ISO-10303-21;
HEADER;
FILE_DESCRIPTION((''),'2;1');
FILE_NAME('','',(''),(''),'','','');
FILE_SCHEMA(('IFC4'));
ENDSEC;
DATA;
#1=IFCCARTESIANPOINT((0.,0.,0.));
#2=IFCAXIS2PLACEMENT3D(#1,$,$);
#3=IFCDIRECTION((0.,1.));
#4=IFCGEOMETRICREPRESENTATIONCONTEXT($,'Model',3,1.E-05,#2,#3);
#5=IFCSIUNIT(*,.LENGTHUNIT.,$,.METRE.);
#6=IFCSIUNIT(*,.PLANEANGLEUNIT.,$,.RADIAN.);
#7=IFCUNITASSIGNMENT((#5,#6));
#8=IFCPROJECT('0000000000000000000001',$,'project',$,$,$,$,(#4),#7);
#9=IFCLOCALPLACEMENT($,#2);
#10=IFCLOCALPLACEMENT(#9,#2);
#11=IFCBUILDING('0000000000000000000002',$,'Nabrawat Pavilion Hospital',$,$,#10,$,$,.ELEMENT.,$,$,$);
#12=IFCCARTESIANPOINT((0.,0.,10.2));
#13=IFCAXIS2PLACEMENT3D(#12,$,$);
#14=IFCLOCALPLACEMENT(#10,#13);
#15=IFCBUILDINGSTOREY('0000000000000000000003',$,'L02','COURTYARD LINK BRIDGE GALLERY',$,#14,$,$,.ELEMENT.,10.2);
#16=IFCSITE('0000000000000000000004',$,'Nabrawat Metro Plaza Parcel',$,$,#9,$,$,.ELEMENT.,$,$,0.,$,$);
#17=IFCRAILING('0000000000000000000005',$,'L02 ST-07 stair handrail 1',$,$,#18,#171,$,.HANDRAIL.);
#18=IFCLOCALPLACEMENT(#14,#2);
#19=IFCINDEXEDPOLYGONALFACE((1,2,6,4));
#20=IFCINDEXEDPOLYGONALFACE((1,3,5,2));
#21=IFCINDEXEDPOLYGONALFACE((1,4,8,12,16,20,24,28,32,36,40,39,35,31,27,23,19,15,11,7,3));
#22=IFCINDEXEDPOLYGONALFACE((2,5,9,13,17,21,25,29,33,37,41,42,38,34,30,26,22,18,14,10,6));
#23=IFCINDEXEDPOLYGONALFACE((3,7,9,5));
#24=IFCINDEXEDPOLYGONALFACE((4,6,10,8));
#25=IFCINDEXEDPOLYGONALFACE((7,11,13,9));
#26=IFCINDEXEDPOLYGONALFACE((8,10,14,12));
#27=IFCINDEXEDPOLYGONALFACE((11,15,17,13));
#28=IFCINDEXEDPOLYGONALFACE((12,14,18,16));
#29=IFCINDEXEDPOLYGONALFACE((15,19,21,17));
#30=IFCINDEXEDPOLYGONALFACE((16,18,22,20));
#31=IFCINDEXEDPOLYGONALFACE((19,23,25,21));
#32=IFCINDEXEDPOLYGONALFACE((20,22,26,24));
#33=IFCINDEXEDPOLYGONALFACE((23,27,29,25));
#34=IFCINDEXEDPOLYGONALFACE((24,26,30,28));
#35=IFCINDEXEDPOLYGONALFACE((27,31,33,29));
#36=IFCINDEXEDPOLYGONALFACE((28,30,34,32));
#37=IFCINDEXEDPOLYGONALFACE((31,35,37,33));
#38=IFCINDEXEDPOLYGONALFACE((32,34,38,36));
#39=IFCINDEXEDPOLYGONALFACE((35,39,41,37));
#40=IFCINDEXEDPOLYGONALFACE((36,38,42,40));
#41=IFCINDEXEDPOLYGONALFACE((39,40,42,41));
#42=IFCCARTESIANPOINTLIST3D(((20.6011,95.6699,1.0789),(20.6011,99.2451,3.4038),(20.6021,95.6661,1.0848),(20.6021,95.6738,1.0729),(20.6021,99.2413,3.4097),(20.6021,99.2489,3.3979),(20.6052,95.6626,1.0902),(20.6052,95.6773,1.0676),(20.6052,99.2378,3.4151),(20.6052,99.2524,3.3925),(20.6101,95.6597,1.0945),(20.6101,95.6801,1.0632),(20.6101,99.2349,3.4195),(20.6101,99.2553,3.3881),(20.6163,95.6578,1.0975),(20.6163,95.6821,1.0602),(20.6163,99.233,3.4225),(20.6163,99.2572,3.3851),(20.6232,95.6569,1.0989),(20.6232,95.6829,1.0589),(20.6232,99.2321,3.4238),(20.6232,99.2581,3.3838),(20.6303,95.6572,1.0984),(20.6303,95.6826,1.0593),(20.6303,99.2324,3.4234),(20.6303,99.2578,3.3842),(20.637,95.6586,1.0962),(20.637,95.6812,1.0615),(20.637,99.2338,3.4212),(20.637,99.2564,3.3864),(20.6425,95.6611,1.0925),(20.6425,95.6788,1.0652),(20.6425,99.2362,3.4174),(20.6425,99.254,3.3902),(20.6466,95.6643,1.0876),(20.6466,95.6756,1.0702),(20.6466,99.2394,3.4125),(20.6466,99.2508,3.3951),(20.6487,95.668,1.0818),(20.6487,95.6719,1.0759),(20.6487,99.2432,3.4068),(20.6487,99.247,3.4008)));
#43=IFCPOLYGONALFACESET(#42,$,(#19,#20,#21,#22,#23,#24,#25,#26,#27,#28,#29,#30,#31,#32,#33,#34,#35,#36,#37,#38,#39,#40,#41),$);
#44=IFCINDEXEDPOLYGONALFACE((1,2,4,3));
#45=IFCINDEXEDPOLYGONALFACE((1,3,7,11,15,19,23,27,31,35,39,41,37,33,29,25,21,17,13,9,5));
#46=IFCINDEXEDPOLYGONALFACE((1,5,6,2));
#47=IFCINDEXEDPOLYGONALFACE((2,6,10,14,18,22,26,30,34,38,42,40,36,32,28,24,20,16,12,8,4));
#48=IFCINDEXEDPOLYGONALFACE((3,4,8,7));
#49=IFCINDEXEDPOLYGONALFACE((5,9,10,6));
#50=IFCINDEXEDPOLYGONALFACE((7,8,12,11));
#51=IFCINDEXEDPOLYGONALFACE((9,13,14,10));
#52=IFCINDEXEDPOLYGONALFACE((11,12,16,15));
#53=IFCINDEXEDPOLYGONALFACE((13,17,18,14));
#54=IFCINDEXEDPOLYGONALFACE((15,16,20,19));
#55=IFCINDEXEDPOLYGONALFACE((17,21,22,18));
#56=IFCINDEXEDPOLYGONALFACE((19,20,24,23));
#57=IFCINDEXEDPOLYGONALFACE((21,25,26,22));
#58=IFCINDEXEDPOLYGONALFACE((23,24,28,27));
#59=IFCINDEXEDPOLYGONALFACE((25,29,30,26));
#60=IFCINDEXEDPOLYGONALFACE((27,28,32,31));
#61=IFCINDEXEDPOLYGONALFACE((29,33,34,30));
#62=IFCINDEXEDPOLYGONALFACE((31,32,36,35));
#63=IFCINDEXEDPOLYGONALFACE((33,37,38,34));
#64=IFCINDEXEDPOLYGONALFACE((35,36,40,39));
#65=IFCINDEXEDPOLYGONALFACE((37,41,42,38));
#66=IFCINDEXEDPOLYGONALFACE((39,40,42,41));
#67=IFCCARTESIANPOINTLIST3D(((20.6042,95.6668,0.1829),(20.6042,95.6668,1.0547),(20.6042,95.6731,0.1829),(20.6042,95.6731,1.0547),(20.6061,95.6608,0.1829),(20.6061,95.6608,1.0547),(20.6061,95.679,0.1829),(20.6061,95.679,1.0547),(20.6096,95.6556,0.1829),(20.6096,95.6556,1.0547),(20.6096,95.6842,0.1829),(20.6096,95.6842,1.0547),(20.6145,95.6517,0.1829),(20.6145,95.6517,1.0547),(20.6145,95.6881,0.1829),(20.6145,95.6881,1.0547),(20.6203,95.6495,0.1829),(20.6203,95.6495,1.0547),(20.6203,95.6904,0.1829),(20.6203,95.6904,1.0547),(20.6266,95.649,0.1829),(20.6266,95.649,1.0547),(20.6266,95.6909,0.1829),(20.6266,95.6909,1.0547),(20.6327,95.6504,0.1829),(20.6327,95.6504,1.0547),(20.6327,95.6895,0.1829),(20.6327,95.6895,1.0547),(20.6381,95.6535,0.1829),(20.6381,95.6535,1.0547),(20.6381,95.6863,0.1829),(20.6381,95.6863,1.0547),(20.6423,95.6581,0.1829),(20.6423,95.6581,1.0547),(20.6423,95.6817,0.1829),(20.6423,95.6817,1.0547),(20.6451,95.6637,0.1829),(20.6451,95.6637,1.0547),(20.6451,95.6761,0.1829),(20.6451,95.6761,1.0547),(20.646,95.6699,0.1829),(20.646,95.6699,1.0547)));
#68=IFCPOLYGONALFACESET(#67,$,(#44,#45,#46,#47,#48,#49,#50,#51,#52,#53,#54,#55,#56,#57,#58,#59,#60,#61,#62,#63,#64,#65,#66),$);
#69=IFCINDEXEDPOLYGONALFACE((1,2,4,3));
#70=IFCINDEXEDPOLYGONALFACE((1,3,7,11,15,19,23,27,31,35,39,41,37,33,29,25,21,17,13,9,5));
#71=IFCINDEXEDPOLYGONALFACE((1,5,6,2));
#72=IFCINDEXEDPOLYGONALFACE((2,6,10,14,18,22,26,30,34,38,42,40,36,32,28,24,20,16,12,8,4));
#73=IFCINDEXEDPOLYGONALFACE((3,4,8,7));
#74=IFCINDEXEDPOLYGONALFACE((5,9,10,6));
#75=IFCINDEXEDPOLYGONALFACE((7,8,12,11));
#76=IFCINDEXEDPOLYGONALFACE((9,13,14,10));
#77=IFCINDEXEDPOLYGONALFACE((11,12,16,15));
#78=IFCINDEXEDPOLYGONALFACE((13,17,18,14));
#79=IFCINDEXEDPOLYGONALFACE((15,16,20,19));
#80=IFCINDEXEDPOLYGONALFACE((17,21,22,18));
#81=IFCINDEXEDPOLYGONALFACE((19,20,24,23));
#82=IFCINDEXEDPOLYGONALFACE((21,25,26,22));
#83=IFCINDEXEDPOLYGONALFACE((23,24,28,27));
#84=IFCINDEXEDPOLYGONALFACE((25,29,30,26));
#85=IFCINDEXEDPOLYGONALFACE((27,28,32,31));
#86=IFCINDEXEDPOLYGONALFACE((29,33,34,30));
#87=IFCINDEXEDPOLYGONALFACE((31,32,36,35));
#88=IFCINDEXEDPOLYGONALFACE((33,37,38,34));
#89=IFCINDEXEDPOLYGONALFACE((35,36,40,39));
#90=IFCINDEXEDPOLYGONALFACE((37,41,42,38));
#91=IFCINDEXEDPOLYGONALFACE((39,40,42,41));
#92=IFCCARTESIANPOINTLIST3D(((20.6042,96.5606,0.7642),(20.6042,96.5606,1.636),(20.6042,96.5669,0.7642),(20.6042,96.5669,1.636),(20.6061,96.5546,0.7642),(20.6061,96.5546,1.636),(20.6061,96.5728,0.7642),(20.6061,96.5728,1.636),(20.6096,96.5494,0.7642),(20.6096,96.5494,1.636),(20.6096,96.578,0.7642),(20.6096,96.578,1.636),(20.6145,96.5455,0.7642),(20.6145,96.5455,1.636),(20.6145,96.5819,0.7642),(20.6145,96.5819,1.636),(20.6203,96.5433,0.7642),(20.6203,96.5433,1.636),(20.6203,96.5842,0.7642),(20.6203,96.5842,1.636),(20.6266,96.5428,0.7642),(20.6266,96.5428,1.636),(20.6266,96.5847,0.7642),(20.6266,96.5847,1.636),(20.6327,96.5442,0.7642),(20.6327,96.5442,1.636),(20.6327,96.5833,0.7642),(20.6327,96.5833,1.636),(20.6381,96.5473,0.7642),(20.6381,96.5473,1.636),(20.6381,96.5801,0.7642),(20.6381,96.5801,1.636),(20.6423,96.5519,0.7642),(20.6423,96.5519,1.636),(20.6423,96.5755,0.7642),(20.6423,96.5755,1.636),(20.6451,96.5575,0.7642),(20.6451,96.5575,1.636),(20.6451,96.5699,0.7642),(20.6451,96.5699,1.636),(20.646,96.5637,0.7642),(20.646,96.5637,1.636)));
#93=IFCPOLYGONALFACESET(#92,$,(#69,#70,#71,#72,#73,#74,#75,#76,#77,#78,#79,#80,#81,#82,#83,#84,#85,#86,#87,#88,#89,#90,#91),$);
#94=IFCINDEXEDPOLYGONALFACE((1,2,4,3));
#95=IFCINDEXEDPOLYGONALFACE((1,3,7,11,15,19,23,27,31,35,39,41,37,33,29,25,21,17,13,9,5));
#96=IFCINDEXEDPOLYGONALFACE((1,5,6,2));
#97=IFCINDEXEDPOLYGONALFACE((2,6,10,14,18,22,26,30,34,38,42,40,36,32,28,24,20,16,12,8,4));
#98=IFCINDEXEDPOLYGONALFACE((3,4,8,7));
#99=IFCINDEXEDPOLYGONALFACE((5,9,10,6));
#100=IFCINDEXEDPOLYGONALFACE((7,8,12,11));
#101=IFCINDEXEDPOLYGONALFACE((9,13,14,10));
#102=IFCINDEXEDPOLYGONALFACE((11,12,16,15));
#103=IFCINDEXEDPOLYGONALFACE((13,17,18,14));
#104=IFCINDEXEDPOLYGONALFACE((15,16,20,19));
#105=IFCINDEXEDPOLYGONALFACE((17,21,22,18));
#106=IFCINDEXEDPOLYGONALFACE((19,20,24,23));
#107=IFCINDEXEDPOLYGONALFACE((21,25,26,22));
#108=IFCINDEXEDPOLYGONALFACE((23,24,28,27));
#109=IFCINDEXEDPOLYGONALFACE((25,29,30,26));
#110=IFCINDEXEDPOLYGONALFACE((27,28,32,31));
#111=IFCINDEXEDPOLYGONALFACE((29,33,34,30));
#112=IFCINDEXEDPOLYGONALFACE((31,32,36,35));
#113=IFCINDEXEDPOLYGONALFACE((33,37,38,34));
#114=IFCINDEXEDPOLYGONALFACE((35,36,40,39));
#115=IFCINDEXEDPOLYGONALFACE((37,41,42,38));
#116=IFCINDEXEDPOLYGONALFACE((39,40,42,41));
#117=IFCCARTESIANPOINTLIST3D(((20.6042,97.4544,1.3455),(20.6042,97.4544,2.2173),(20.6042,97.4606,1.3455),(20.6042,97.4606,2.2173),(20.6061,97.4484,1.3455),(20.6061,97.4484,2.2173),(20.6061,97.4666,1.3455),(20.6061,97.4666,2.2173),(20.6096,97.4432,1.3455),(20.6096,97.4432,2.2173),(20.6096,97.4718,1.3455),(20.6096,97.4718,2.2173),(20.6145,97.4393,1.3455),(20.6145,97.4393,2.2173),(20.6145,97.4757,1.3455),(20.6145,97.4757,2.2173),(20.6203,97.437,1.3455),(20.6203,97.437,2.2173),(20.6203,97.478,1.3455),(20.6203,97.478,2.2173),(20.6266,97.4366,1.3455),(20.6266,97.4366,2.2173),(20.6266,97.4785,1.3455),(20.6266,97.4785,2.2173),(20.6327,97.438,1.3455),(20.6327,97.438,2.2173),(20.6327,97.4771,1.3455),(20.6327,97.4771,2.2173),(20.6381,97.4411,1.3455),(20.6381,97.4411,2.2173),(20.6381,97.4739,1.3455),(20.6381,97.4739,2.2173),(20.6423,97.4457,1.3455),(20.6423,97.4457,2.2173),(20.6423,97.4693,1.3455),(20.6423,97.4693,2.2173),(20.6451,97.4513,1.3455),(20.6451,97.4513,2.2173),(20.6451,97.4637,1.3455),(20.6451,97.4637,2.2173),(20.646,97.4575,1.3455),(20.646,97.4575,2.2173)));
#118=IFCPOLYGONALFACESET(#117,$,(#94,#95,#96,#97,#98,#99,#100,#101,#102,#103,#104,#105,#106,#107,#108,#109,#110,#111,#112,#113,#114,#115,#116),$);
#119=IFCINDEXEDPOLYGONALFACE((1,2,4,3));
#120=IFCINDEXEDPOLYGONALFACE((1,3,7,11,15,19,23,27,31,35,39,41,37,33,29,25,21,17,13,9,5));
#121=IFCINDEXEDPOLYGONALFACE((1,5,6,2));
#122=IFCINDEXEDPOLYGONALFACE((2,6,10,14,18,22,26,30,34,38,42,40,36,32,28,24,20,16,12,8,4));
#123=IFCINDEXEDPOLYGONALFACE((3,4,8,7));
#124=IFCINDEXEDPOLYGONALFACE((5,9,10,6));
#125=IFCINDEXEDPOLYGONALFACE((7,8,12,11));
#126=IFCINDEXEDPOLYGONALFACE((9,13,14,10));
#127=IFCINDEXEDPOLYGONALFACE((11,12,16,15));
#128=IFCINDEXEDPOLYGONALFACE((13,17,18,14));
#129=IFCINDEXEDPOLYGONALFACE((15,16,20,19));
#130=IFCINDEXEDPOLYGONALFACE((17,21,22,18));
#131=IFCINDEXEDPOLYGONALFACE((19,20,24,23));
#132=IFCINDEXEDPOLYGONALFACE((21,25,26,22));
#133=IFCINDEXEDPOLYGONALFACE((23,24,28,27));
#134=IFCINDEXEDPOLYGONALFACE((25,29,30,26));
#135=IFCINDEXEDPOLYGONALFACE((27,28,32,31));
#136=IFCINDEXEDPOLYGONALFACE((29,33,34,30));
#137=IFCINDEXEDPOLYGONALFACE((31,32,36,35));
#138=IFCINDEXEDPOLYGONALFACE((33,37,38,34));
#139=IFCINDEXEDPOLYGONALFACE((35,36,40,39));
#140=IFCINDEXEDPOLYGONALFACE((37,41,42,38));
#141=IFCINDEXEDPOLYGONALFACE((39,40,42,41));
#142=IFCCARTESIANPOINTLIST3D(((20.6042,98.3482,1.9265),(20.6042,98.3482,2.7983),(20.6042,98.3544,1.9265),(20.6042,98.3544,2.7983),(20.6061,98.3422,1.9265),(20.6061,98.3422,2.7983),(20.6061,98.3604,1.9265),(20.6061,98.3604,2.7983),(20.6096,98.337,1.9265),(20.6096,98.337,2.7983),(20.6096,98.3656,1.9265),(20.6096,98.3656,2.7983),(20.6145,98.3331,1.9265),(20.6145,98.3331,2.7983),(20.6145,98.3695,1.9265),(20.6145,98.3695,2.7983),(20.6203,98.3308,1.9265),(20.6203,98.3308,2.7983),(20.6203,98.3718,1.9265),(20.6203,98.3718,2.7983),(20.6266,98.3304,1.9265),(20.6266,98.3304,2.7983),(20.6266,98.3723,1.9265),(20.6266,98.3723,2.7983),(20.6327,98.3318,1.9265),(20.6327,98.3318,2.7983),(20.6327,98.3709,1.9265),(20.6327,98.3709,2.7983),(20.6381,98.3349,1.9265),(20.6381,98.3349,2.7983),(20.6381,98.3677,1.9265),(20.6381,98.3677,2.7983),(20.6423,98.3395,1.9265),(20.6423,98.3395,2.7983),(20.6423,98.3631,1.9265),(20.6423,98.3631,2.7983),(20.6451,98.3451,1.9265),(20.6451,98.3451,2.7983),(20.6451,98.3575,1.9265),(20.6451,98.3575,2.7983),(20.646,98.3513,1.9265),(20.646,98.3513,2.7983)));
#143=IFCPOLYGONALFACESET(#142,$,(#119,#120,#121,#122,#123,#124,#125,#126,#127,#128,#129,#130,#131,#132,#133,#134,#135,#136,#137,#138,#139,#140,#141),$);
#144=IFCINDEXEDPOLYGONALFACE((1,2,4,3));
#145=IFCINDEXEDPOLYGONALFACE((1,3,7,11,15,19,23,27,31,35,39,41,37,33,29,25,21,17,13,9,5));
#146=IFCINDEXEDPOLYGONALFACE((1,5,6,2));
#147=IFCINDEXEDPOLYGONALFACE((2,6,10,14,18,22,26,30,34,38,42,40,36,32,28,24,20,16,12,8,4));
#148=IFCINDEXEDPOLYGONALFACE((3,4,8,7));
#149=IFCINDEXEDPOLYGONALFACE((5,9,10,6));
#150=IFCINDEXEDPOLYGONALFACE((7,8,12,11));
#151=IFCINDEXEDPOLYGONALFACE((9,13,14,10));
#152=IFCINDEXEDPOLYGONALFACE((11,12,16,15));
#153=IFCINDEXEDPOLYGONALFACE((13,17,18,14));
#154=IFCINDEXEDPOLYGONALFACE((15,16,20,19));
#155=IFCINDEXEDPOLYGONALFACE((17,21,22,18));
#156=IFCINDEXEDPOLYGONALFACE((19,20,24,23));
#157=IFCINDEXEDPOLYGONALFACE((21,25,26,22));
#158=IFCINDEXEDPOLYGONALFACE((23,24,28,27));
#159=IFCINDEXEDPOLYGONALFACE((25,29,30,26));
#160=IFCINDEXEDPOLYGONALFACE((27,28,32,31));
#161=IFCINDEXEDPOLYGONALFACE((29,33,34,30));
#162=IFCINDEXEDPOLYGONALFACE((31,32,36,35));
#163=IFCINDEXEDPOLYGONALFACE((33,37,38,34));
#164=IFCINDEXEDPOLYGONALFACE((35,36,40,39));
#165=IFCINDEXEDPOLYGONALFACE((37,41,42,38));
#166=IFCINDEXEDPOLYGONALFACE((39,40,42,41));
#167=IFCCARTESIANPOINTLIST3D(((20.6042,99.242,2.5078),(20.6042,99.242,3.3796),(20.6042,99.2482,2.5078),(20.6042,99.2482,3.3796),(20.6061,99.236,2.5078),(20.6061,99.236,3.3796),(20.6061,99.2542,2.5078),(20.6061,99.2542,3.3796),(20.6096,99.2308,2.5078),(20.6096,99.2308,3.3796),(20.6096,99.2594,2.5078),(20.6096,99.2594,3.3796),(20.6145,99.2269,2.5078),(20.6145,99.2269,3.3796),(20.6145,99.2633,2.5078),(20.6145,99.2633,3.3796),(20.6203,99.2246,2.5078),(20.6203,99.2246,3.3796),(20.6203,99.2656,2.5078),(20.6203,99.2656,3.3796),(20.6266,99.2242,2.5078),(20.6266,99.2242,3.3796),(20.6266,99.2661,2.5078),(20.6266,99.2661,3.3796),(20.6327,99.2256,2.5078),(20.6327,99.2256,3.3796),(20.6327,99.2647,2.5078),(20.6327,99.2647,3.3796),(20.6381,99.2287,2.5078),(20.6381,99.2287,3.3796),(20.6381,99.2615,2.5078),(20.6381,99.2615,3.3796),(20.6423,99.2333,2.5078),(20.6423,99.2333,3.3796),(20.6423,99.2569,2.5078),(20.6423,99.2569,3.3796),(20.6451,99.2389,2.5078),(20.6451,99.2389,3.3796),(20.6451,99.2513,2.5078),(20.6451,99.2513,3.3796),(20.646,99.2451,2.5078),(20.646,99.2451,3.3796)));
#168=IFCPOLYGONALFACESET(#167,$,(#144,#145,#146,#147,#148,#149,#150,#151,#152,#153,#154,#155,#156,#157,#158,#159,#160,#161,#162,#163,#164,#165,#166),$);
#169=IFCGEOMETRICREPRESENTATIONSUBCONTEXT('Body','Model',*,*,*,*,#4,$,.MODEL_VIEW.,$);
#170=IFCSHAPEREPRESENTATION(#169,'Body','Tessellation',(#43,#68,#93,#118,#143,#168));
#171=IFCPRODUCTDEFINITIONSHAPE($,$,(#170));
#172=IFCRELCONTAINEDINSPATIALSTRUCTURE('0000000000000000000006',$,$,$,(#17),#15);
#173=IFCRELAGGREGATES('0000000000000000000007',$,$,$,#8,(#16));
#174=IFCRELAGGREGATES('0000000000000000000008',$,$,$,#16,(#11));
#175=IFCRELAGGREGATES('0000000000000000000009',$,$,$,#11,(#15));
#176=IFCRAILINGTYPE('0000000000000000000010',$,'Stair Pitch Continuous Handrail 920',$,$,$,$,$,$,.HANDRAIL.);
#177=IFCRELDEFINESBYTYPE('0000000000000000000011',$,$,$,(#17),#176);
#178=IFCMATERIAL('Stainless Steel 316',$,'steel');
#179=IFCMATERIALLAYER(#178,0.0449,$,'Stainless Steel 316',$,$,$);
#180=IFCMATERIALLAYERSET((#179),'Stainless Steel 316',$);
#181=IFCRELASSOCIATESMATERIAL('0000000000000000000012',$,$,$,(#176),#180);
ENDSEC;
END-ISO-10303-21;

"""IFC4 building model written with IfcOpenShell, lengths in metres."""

from ifc_helpers import new_model, si_unit, direction, frame, origin, origin_2d, place, context, subcontext, project, spatial, circle, extrude, material, layer, layer_set, type_object, element, save


model = new_model("IFC4")

# Units and contexts
model_context = context("Model", 3, precision=1e-05, world=origin(), true_north=direction((0.0, 1.0)))
body_context = subcontext(model_context, "Body", "Model", "MODEL_VIEW")
ifc_project = project(units=[si_unit("LENGTHUNIT", "METRE"), si_unit("PLANEANGLEUNIT", "RADIAN")], contexts=[model_context])

# Site, building, storey
site_placement = place(None, origin())
site = spatial("IfcSite", under=ifc_project, at=site_placement, Name="Nabrawat Metro Plaza Parcel", CompositionType="ELEMENT", RefElevation=0.0)
building_placement = place(site_placement, origin())
building = spatial("IfcBuilding", under=site, at=building_placement, Name="Nabrawat Pavilion Hospital", CompositionType="ELEMENT")
storey_placement = place(building_placement, frame((0.0, 0.0, 10.2)))
storey = spatial("IfcBuildingStorey", under=building, at=storey_placement, Name="L02", Description="COURTYARD LINK BRIDGE GALLERY", CompositionType="ELEMENT", Elevation=10.2)

# Railing
ifc_material_1 = material(Name="Stainless Steel 316", Category="steel")
ifc_layer_1 = layer(ifc_material_1, 0.0449, Name="Stainless Steel 316")
ifc_layer_set_1 = layer_set([ifc_layer_1], Name="Stainless Steel 316")
railing_type_1 = type_object("IfcRailingType", Name="Stair Pitch Continuous Handrail 920", PredefinedType="HANDRAIL", material=ifc_layer_set_1)
railing_1_placement = place(storey_placement, frame((20.625, 95.6699, 0.1829)))
element("IfcRailing", 1, at=railing_1_placement, inside=storey, type_object=railing_type_1, Name="L02 ST-07 stair handrail 1", PredefinedType="HANDRAIL", context=body_context, shape_type="SweptSolid", body=[
    extrude(circle(Radius=0.0239, at=origin_2d()), frame((0.0, 0.0, 0.896), z_axis=(0.0, 0.838328, 0.545165), x_axis=(-1.0, 0.0, 0.0)), (0.0, 0.0, 1.0), 4.2646),
    extrude(circle(Radius=0.021, at=origin_2d()), origin(), (0.0, 0.0, 1.0), 0.8718),
    extrude(circle(Radius=0.021, at=origin_2d()), frame((0.0, 0.8938, 0.5813)), (0.0, 0.0, 1.0), 0.8718),
    extrude(circle(Radius=0.021, at=origin_2d()), frame((0.0, 1.7876, 1.1626)), (0.0, 0.0, 1.0), 0.8718),
    extrude(circle(Radius=0.021, at=origin_2d()), frame((0.0, 2.6814, 1.7437)), (0.0, 0.0, 1.0), 0.8718),
    extrude(circle(Radius=0.021, at=origin_2d()), frame((0.0, 3.5752, 2.325)), (0.0, 0.0, 1.0), 0.8718),
])

save(model, "model.ifc")
